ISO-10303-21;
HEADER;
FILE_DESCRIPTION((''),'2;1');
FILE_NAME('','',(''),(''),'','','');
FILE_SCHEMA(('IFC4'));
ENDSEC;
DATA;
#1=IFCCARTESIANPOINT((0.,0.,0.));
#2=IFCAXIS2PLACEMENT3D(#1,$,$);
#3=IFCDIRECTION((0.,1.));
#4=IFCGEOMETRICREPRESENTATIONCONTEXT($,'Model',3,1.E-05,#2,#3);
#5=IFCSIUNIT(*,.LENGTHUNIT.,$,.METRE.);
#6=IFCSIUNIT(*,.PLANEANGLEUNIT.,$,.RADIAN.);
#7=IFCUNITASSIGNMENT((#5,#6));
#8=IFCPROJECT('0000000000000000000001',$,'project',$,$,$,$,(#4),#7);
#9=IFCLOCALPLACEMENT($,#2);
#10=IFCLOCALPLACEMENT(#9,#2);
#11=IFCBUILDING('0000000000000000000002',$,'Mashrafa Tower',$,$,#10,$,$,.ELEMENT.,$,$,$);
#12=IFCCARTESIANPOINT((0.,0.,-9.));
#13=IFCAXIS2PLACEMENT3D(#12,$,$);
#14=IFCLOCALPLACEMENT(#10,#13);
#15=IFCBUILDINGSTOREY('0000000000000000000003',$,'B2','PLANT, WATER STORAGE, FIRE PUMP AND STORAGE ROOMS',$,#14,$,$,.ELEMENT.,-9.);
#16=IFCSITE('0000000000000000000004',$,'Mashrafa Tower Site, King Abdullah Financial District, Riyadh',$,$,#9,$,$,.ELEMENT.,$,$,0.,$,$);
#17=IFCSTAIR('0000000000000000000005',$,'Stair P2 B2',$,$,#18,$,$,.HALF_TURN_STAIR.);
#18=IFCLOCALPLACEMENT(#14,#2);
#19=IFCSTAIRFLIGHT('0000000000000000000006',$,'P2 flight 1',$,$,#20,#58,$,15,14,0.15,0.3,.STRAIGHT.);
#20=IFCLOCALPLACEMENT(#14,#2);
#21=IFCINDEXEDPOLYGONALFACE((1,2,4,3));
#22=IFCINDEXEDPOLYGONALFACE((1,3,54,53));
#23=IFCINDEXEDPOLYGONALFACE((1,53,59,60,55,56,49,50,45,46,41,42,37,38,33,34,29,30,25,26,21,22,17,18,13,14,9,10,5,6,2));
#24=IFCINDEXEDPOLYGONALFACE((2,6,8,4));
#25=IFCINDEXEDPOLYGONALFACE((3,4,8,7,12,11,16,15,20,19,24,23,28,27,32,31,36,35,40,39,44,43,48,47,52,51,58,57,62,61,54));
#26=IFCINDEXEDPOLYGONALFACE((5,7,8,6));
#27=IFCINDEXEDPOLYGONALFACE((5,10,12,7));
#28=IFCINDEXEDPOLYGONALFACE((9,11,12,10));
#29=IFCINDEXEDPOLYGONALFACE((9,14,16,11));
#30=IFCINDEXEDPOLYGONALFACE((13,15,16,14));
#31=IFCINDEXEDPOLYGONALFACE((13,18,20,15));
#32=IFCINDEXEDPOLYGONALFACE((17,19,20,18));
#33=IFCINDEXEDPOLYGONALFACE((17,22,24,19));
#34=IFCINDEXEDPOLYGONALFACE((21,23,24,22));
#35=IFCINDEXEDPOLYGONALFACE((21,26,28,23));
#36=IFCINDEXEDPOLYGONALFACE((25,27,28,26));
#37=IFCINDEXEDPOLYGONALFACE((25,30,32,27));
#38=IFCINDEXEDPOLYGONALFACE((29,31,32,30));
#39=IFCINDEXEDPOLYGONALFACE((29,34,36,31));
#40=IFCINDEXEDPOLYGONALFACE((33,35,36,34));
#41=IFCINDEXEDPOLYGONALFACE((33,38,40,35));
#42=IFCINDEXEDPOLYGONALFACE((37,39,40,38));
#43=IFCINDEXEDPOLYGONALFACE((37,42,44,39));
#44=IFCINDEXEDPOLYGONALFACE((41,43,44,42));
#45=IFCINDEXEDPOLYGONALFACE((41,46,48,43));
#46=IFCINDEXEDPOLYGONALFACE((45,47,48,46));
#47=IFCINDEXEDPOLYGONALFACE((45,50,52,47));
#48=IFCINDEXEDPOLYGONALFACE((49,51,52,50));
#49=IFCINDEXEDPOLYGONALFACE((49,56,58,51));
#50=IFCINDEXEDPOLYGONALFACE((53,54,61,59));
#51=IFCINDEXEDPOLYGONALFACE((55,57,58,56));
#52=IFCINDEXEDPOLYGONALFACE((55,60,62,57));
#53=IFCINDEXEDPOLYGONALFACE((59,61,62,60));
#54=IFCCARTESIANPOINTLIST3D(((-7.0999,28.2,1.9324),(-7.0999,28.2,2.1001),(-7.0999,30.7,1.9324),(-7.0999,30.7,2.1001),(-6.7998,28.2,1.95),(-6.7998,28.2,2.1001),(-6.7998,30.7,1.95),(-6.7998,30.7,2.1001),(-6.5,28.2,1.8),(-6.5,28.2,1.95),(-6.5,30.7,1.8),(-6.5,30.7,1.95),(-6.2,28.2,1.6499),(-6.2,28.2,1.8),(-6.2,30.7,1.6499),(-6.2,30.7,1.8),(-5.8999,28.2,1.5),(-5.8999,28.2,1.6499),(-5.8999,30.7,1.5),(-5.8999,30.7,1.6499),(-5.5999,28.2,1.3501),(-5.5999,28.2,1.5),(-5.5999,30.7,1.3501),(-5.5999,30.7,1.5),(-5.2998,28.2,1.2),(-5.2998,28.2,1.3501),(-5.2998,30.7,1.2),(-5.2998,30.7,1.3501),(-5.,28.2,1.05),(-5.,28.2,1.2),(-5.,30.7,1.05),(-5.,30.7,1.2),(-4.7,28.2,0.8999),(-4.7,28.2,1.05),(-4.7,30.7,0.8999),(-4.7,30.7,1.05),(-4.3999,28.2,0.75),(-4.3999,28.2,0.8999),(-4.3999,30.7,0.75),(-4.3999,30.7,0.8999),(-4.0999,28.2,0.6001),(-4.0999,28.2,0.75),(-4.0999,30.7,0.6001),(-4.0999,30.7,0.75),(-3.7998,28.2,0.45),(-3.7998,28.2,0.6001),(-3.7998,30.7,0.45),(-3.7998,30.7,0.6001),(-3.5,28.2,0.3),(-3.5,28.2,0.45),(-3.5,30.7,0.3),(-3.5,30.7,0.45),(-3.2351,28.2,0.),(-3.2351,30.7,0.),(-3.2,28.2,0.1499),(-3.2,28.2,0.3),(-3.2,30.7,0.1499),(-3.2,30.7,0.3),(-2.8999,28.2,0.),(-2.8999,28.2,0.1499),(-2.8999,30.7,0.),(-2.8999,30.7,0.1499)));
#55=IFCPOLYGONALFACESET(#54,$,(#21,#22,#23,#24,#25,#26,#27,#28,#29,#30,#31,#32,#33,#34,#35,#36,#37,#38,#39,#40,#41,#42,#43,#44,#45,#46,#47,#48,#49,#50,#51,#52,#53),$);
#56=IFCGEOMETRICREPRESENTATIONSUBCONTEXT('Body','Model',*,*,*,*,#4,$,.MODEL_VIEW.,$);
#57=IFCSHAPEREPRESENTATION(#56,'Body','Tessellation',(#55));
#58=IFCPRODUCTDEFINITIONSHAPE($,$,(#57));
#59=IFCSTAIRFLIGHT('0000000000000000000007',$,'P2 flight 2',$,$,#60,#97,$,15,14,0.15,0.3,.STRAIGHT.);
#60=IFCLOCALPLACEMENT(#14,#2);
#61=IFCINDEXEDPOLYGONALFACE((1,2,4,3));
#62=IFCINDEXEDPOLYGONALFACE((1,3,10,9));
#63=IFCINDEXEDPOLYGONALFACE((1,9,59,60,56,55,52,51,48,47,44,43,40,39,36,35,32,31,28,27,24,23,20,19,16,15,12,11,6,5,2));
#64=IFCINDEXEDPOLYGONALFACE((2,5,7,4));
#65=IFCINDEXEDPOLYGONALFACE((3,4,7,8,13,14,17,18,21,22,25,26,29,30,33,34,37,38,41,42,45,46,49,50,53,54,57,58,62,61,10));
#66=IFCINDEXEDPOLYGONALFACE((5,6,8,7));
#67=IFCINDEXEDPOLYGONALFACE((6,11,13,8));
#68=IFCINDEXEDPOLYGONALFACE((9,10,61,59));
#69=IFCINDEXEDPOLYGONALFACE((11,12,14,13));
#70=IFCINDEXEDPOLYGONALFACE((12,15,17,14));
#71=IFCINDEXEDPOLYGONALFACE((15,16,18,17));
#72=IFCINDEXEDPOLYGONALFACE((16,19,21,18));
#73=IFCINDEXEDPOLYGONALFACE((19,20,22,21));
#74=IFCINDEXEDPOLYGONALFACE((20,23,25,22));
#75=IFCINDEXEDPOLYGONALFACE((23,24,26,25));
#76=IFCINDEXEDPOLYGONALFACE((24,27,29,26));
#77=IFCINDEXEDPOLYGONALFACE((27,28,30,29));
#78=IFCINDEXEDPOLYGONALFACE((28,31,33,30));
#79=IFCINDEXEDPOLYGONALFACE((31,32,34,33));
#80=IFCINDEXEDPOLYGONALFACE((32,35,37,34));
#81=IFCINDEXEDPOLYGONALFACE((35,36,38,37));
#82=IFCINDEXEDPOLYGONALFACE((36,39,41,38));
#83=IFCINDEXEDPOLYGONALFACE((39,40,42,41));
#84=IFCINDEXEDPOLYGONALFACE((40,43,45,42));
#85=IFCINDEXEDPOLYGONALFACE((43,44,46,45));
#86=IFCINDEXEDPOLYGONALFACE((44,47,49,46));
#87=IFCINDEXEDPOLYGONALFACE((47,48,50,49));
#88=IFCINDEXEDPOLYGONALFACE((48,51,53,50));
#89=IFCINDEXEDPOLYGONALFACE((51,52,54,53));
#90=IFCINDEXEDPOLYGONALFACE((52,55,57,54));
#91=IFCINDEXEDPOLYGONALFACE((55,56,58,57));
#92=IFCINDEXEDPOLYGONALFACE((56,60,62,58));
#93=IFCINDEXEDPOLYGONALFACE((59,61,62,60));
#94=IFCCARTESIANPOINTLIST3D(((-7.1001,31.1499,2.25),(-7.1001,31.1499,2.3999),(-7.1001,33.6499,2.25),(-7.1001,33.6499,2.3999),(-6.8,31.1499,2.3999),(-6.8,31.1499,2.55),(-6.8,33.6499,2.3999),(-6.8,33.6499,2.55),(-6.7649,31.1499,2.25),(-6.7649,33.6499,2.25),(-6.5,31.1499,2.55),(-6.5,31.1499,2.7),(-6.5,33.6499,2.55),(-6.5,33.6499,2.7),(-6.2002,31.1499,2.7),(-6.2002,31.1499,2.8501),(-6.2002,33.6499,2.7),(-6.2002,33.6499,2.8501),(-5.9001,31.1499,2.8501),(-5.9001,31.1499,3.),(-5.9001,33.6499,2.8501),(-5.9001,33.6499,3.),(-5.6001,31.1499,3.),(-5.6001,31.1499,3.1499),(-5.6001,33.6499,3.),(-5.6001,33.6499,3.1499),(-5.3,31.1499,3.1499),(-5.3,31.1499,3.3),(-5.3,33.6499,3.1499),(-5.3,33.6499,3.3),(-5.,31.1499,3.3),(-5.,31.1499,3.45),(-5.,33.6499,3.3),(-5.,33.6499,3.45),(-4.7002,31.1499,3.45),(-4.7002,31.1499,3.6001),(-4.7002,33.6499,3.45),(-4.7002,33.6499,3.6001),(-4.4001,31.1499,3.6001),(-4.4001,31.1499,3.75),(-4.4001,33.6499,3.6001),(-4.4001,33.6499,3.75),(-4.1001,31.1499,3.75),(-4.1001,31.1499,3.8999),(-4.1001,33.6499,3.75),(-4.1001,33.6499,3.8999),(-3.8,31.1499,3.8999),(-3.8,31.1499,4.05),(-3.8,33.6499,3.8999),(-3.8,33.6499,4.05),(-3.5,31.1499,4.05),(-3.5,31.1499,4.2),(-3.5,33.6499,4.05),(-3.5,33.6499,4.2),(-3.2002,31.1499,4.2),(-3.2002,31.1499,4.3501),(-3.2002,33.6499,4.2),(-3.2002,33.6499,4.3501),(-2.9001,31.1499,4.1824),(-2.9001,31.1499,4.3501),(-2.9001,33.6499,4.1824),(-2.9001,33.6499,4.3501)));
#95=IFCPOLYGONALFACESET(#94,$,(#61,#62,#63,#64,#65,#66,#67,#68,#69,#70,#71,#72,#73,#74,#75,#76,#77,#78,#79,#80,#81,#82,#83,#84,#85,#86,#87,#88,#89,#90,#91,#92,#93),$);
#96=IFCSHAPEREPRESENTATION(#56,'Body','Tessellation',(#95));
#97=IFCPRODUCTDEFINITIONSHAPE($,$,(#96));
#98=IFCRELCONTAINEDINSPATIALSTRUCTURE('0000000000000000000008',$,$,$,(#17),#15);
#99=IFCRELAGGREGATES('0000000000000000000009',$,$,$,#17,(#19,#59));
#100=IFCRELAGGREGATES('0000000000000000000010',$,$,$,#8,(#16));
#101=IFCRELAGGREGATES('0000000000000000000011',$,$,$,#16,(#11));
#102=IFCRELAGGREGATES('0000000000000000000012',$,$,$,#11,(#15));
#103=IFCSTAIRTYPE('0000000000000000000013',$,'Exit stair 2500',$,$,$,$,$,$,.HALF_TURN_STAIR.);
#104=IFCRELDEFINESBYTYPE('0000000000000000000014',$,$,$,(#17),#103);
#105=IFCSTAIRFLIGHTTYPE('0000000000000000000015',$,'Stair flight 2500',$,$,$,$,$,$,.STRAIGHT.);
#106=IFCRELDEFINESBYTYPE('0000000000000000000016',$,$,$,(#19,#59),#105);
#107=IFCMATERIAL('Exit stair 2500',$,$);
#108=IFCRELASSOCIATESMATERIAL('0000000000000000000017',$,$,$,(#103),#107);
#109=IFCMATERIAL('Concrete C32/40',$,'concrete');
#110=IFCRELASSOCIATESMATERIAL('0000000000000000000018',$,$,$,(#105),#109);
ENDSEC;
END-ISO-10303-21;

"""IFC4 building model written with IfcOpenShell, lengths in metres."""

from ifc_helpers import new_model, si_unit, direction, frame, origin, place, context, subcontext, project, spatial, polyline, outline, extrude, material, type_object, element, aggregate, save


model = new_model("IFC4")

# Units and contexts
model_context = context("Model", 3, precision=1e-05, world=origin(), true_north=direction((0.0, 1.0)))
body_context = subcontext(model_context, "Body", "Model", "MODEL_VIEW")
ifc_project = project(units=[si_unit("LENGTHUNIT", "METRE"), si_unit("PLANEANGLEUNIT", "RADIAN")], contexts=[model_context])

# Site, building, storey
site_placement = place(None, origin())
site = spatial("IfcSite", under=ifc_project, at=site_placement, Name="Mashrafa Tower Site, King Abdullah Financial District, Riyadh", CompositionType="ELEMENT", RefElevation=0.0)
building_placement = place(site_placement, origin())
building = spatial("IfcBuilding", under=site, at=building_placement, Name="Mashrafa Tower", CompositionType="ELEMENT")
storey_placement = place(building_placement, frame((0.0, 0.0, -9.0)))
storey = spatial("IfcBuildingStorey", under=building, at=storey_placement, Name="B2", Description="PLANT, WATER STORAGE, FIRE PUMP AND STORAGE ROOMS", CompositionType="ELEMENT", Elevation=-9.0)

# Stair, stair flights
ifc_material_1 = material(Name="Exit stair 2500")
stair_type = type_object("IfcStairType", Name="Exit stair 2500", PredefinedType="HALF_TURN_STAIR", material=ifc_material_1)
stair_placement = place(storey_placement, origin())
stair = element("IfcStair", 1, at=stair_placement, inside=storey, type_object=stair_type, Name="Stair P2 B2", PredefinedType="HALF_TURN_STAIR")
ifc_material_2 = material(Name="Concrete C32/40", Category="concrete")
stair_flight_type = type_object("IfcStairFlightType", Name="Stair flight 2500", PredefinedType="STRAIGHT", material=ifc_material_2)
stair_flight_1_placement = place(storey_placement, frame((-2.8999, 29.45, 0.0), z_axis=(0.0, 0.0, 1.0), x_axis=(-1.0, 0.0, 0.0)))
stair_flight_1 = element("IfcStairFlight", 2, at=stair_flight_1_placement, type_object=stair_flight_type, Name="P2 flight 1", NumberOfRisers=15, NumberOfTreads=14, PredefinedType="STRAIGHT", RiserHeight=0.15, TreadLength=0.3, context=body_context, shape_type="SweptSolid", body=[
    extrude(outline(polyline([(0.0, 0.0), (0.0, 0.1499), (0.3, 0.1499), (0.3, 0.3), (0.6001, 0.3), (0.6001, 0.45), (0.8999, 0.45), (0.8999, 0.6001), (1.2, 0.6001), (1.2, 0.75), (1.5, 0.75), (1.5, 0.8999), (1.8, 0.8999), (1.8, 1.05), (2.1001, 1.05), (2.1001, 1.2), (2.3999, 1.2), (2.3999, 1.3501), (2.7, 1.3501), (2.7, 1.5), (3.0, 1.5), (3.0, 1.6499), (3.3, 1.6499), (3.3, 1.8), (3.6001, 1.8), (3.6001, 1.95), (3.8999, 1.95), (3.8999, 2.1001), (4.2, 2.1001), (4.2, 2.25), (4.2, 1.9324), (0.3352, 0.0), (0.0, 0.0)])), frame((0.0, 1.25, 0.0), z_axis=(0.0, -1.0, 0.0), x_axis=(1.0, 0.0, 0.0)), (0.0, 0.0, 1.0), 2.5),
])
stair_flight_2_placement = place(storey_placement, frame((-7.1001, 32.3999, 2.25), z_axis=(0.0, 0.0, 1.0), x_axis=(1.0, 0.0, 0.0)))
stair_flight_2 = element("IfcStairFlight", 3, at=stair_flight_2_placement, type_object=stair_flight_type, Name="P2 flight 2", NumberOfRisers=15, NumberOfTreads=14, PredefinedType="STRAIGHT", RiserHeight=0.15, TreadLength=0.3, context=body_context, shape_type="SweptSolid", body=[
    extrude(outline(polyline([(0.0, 0.0), (0.0, 0.1499), (0.3, 0.1499), (0.3, 0.3), (0.6001, 0.3), (0.6001, 0.45), (0.8999, 0.45), (0.8999, 0.6001), (1.2, 0.6001), (1.2, 0.75), (1.5, 0.75), (1.5, 0.8999), (1.8, 0.8999), (1.8, 1.05), (2.1001, 1.05), (2.1001, 1.2), (2.3999, 1.2), (2.3999, 1.3501), (2.7, 1.3501), (2.7, 1.5), (3.0, 1.5), (3.0, 1.6499), (3.3, 1.6499), (3.3, 1.8), (3.6001, 1.8), (3.6001, 1.95), (3.8999, 1.95), (3.8999, 2.1001), (4.2, 2.1001), (4.2, 2.25), (4.2, 1.9324), (0.3352, 0.0), (0.0, 0.0)])), frame((0.0, 1.25, 0.0), z_axis=(0.0, -1.0, 0.0), x_axis=(1.0, 0.0, 0.0)), (0.0, 0.0, 1.0), 2.5),
])
aggregate(stair, [stair_flight_1, stair_flight_2])

save(model, "model.ifc")
